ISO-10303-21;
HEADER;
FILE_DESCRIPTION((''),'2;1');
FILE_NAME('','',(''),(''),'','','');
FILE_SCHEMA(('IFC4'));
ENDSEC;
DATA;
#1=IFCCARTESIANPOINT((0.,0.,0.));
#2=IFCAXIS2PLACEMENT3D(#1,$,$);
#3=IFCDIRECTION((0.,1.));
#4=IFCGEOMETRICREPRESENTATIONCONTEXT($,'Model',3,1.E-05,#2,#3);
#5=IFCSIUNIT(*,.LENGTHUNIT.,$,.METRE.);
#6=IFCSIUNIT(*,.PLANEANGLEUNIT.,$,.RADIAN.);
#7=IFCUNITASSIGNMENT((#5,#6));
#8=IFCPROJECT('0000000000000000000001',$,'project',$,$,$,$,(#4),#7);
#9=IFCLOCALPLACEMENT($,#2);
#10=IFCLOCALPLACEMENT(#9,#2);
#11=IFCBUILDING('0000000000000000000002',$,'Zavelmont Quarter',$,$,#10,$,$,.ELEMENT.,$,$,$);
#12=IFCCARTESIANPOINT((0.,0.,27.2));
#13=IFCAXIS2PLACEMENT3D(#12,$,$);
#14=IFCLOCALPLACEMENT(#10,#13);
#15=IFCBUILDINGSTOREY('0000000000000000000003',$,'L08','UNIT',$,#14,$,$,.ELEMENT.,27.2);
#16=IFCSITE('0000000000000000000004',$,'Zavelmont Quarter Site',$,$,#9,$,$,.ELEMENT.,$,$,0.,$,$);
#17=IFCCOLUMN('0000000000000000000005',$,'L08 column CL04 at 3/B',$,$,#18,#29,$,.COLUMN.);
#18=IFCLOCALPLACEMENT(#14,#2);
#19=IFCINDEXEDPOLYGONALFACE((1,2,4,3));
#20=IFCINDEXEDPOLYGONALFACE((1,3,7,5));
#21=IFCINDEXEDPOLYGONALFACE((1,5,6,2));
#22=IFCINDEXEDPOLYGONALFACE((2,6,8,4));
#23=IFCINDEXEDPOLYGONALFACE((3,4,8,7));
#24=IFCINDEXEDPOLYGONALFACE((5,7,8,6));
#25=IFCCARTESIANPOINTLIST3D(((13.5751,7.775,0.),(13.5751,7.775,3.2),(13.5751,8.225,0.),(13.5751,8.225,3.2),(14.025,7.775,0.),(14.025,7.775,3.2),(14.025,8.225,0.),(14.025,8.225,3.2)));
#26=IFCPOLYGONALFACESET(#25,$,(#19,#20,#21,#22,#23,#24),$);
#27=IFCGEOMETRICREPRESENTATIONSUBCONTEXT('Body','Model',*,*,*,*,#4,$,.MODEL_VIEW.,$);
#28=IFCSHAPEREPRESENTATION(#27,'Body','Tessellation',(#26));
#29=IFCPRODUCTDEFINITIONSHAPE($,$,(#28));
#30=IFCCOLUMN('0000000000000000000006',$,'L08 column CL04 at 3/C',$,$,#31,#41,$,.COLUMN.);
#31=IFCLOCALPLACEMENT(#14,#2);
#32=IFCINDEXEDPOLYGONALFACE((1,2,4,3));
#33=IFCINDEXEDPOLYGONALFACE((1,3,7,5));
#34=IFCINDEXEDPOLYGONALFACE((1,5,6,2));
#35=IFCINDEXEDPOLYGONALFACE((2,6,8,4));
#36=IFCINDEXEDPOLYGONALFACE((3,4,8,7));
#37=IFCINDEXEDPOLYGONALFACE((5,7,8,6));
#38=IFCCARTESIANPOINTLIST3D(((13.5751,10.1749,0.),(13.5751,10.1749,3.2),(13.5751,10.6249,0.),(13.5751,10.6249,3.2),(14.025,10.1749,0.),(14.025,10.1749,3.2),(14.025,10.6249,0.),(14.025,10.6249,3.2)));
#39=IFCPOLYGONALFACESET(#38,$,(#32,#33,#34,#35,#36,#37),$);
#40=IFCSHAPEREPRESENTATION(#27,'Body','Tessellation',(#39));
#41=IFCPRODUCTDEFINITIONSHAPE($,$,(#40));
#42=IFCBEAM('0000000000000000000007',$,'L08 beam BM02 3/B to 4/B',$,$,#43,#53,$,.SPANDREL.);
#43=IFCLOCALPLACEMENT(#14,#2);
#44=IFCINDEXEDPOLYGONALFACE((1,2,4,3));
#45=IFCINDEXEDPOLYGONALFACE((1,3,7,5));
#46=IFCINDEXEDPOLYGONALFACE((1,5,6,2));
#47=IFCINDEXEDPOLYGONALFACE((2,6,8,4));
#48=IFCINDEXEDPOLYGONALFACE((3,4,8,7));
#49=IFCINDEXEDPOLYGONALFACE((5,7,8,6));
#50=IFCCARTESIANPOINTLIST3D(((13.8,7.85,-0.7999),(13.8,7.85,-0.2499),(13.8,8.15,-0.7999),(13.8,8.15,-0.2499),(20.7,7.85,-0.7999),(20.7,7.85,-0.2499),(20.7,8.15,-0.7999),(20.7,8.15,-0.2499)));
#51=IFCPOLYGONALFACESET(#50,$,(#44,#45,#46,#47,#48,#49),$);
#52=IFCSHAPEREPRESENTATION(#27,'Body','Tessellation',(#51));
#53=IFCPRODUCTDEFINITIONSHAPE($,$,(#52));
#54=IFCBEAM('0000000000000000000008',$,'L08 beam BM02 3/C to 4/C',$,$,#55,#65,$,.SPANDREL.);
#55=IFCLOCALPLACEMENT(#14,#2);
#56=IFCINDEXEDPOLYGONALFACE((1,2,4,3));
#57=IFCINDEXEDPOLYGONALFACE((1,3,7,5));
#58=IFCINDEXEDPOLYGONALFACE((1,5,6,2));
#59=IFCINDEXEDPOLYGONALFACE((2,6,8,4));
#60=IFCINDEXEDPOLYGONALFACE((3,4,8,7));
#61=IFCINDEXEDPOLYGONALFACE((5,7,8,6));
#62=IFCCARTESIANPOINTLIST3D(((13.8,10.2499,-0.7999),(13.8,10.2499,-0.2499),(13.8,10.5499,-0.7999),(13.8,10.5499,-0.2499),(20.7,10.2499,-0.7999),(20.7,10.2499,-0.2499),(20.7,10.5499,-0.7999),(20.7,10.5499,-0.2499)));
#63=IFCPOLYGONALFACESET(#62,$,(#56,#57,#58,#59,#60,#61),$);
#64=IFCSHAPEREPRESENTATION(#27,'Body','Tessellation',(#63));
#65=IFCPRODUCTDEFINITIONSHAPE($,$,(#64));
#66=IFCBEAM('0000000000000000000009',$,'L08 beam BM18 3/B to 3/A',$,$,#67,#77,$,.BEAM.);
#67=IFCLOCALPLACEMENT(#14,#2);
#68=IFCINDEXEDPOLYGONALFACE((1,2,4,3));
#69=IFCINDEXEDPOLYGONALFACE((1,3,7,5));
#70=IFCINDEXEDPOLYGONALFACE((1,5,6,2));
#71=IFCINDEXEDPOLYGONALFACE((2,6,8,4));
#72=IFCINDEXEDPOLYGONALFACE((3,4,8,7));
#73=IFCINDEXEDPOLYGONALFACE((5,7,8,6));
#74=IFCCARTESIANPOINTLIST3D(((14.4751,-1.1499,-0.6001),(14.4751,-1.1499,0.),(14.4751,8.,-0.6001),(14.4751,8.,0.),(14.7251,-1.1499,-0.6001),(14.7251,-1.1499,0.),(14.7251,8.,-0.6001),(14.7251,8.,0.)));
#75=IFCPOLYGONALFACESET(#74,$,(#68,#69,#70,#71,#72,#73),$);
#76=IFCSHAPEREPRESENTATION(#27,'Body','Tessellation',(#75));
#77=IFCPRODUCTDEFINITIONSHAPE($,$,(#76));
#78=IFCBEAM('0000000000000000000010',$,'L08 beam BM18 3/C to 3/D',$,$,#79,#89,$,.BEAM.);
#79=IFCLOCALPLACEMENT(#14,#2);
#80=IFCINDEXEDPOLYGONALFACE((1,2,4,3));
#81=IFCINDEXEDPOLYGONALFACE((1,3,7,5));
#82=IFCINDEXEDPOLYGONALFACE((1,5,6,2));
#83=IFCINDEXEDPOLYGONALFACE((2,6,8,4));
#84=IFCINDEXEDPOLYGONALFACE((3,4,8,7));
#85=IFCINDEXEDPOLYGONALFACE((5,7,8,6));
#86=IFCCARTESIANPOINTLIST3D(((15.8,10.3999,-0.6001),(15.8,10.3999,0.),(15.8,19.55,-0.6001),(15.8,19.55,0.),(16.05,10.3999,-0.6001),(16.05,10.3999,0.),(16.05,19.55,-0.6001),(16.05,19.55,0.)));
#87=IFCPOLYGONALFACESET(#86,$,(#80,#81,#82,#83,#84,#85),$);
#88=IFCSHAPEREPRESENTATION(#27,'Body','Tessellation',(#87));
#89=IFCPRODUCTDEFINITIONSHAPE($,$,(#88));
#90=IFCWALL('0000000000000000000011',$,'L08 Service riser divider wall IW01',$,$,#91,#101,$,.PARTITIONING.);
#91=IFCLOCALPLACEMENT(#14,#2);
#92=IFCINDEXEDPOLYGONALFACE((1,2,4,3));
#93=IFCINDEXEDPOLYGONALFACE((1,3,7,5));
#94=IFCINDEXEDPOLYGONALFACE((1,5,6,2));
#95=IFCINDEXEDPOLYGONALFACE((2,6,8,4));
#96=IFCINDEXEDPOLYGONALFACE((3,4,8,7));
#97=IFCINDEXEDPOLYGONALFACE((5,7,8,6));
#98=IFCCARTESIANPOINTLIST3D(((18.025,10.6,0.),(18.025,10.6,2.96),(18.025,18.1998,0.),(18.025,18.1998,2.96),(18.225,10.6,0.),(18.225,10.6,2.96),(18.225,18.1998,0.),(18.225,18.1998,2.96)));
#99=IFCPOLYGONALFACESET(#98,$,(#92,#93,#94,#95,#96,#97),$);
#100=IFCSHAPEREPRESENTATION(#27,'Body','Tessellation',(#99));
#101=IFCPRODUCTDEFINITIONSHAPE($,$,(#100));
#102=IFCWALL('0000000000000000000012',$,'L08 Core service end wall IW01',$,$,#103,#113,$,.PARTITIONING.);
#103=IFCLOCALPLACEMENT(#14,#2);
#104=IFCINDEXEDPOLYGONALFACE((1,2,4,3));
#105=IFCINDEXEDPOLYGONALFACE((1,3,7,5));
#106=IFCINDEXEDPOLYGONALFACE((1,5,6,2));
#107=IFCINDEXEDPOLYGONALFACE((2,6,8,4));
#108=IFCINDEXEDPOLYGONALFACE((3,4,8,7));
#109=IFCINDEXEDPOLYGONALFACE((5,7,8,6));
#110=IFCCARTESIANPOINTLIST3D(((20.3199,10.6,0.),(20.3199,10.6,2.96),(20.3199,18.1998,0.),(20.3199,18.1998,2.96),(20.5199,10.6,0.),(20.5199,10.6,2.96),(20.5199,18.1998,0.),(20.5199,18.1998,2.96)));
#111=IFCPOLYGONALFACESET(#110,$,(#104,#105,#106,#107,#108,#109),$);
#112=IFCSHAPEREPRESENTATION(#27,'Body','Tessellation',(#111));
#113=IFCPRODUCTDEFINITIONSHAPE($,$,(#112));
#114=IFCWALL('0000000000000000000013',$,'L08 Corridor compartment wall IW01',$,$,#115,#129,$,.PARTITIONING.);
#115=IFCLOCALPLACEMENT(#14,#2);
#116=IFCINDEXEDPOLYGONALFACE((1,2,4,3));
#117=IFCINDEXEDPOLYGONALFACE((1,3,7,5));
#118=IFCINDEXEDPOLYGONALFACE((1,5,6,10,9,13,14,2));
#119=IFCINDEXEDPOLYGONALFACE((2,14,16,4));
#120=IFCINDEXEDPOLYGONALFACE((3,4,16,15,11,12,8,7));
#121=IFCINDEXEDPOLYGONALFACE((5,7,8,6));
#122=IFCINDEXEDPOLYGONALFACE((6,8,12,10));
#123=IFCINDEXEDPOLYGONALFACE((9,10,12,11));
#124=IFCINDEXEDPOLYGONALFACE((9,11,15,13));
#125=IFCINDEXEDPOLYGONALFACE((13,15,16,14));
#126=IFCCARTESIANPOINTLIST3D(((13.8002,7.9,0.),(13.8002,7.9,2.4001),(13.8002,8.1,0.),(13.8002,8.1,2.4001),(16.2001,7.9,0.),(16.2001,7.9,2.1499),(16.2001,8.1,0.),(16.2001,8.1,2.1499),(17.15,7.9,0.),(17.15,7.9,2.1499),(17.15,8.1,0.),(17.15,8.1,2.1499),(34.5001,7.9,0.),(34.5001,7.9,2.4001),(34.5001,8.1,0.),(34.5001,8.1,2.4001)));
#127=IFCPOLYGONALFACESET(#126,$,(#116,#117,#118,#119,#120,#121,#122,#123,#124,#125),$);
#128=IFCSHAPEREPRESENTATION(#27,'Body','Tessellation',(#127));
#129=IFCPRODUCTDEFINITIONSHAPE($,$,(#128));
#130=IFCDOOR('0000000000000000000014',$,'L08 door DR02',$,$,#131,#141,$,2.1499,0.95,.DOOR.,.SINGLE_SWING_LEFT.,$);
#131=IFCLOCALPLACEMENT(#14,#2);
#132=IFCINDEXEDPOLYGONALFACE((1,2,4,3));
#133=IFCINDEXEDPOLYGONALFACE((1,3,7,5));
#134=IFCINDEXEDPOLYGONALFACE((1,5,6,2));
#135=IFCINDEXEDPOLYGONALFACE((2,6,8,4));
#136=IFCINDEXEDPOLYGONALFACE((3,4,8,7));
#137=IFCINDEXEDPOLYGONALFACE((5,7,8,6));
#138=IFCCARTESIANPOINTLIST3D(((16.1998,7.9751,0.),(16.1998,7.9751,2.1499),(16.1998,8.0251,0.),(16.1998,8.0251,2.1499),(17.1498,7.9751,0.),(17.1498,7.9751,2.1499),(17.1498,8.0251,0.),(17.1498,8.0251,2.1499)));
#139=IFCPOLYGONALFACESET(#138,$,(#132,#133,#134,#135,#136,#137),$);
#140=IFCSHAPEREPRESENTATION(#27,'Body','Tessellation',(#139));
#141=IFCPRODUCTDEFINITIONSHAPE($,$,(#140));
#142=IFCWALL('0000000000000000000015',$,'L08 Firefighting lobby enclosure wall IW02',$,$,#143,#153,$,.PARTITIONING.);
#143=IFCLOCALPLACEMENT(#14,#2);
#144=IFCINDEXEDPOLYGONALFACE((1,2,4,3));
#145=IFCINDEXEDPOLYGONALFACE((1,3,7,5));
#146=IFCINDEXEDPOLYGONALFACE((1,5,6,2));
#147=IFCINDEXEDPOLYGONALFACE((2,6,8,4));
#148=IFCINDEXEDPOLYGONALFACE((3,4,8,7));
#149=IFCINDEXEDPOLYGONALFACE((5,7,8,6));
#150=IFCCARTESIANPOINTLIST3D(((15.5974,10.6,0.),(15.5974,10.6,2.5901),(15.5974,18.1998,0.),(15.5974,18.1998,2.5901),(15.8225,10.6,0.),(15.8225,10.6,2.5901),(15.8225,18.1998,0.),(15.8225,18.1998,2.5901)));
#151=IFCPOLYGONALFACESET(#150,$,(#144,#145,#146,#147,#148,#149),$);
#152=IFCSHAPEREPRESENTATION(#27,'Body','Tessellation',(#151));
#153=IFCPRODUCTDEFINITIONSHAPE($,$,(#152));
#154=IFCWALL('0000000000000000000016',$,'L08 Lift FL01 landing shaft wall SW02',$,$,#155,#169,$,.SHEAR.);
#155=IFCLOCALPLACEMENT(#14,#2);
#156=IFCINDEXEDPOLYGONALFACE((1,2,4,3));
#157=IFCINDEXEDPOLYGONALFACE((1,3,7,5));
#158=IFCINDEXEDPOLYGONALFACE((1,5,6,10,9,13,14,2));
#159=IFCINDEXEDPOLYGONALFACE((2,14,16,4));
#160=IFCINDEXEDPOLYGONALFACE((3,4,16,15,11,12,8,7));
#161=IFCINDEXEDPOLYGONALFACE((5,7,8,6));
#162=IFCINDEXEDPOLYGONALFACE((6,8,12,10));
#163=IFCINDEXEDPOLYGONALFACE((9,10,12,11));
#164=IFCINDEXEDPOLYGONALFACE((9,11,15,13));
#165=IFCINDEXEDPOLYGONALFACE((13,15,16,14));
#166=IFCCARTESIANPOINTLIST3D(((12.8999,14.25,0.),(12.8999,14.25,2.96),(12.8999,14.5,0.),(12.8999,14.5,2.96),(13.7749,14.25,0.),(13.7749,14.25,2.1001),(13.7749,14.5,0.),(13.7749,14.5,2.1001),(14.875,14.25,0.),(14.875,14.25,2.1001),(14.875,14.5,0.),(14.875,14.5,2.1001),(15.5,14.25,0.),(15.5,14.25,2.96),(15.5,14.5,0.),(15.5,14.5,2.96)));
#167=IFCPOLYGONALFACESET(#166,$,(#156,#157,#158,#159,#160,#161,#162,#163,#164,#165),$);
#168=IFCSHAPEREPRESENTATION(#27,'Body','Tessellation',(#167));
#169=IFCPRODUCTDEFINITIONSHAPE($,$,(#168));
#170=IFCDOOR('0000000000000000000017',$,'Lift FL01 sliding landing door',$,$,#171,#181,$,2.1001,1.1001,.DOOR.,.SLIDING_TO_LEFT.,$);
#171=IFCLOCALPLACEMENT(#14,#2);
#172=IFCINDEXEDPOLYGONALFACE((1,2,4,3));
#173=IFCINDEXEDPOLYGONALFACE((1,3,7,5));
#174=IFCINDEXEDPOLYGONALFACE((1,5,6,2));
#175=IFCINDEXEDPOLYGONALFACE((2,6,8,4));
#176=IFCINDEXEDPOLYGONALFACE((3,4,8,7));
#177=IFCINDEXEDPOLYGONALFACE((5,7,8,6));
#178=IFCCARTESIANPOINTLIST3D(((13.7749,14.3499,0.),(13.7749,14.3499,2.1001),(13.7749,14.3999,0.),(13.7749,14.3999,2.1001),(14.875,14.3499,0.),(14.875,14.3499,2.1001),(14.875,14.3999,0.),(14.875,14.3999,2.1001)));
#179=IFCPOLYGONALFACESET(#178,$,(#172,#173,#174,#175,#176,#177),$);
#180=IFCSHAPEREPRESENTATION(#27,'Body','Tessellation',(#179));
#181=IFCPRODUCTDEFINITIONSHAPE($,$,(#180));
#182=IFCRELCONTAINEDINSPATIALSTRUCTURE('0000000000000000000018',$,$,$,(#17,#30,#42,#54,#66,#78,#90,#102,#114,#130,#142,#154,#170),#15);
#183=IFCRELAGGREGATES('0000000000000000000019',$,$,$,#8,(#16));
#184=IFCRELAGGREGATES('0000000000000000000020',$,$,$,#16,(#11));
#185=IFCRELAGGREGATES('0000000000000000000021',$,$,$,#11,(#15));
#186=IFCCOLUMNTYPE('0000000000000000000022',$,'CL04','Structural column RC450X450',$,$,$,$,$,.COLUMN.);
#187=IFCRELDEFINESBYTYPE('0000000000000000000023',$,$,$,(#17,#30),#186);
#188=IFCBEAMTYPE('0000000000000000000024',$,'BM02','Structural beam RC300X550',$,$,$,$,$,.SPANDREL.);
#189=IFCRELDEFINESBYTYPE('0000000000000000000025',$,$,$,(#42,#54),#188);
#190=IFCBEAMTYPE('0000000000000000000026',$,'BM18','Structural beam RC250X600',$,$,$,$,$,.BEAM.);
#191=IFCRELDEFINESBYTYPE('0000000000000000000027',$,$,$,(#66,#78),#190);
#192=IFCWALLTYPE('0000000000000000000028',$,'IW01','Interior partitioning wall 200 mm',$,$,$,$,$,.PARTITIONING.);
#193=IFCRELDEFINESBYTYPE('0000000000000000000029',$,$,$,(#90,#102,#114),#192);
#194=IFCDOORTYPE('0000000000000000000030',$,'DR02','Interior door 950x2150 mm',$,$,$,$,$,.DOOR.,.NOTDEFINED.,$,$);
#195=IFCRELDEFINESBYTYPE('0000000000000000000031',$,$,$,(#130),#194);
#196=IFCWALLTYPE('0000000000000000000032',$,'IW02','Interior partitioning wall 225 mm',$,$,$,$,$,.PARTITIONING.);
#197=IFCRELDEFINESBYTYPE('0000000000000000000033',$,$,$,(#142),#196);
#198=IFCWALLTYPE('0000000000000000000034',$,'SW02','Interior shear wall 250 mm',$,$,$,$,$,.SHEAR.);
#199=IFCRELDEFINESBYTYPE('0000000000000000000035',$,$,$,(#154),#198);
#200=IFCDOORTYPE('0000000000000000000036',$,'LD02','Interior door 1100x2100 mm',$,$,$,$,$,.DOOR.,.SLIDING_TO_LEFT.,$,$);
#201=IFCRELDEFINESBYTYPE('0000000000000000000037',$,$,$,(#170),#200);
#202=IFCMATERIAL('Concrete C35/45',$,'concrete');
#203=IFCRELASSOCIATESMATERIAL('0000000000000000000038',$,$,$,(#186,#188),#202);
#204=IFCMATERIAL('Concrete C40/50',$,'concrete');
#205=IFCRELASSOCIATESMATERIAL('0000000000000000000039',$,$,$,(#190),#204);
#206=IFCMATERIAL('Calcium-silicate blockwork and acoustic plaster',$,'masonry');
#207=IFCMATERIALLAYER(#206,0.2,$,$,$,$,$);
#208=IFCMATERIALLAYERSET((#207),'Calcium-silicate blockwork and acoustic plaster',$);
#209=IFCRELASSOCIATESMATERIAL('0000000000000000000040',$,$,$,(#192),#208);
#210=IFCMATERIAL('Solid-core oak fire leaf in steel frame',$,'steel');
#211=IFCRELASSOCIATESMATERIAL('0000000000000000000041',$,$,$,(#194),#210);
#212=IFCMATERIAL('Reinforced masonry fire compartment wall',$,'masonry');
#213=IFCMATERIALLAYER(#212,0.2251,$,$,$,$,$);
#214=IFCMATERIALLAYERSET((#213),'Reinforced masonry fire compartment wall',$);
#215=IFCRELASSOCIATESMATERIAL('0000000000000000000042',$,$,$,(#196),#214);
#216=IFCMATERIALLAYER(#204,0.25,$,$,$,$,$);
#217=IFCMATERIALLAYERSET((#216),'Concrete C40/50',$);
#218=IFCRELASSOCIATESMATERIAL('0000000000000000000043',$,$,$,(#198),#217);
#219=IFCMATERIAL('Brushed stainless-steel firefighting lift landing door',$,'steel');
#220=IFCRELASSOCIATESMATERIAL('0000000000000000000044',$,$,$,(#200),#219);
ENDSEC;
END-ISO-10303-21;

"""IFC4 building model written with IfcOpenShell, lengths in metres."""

from ifc_helpers import new_model, si_unit, direction, frame, frame_2d, origin, origin_with_axes, origin_2d, place, context, subcontext, project, spatial, rectangle, extrude, material, layer, layer_set, material_profile, profile_set, type_object, element, fill, save


model = new_model("IFC4")

# Units and contexts
model_context = context("Model", 3, precision=1e-05, world=origin(), true_north=direction((0.0, 1.0)))
body_context = subcontext(model_context, "Body", "Model", "MODEL_VIEW")
ifc_project = project(units=[si_unit("LENGTHUNIT", "METRE"), si_unit("PLANEANGLEUNIT", "RADIAN")], contexts=[model_context])

# Site, building, storey
site_placement = place(None, origin())
site = spatial("IfcSite", under=ifc_project, at=site_placement, Name="Zavelmont Quarter Site", CompositionType="ELEMENT", RefElevation=0.0)
building_placement = place(site_placement, origin())
building = spatial("IfcBuilding", under=site, at=building_placement, Name="Zavelmont Quarter", CompositionType="ELEMENT")
storey_placement = place(building_placement, frame((0.0, 0.0, 27.2)))
storey = spatial("IfcBuildingStorey", under=building, at=storey_placement, Name="L08", Description="UNIT", CompositionType="ELEMENT", Elevation=27.2)

# Columns
ifc_material_1 = material(Name="Concrete C35/45", Category="concrete")
ifc_material_profile_1 = material_profile(ifc_material_1, rectangle(XDim=0.45, YDim=0.45, at=origin_2d()), Name="RC450X450")
ifc_profile_set_1 = profile_set([ifc_material_profile_1], Name="Concrete C35/45")
column_type = type_object("IfcColumnType", Name="CL04", Description="Structural column RC450X450", PredefinedType="COLUMN", material=ifc_profile_set_1)
for number, where, z_axis, x_axis, name in (
    (1, (13.8, 8.0, 0.0), (0.0, 0.0, 1.0), (1.0, 0.0, 0.0), "L08 column CL04 at 3/B"),
    (2, (13.8, 10.3999, 0.0), (0.0, 0.0, 1.0), (1.0, 0.0, 0.0), "L08 column CL04 at 3/C"),
):
    element("IfcColumn", number, at=place(storey_placement, frame(where, z_axis=z_axis, x_axis=x_axis)), inside=storey, type_object=column_type, Name=name, PredefinedType="COLUMN", context=body_context, shape_type="SweptSolid", body=[
        extrude(rectangle(XDim=0.45, YDim=0.45, at=origin_2d()), origin(), (0.0, 0.0, 1.0), 3.2),
    ])

# Beams
ifc_material_profile_2 = material_profile(ifc_material_1, rectangle(XDim=0.3, YDim=0.55, at=origin_2d()), Name="RC300X550")
ifc_profile_set_2 = profile_set([ifc_material_profile_2], Name="Concrete C35/45")
beam_type_1 = type_object("IfcBeamType", Name="BM02", Description="Structural beam RC300X550", PredefinedType="SPANDREL", material=ifc_profile_set_2)
for number, where, z_axis, x_axis, name in (
    (3, (13.8, 8.0, -0.5249), (1.0, 0.0, 0.0), (0.0, 1.0, 0.0), "L08 beam BM02 3/B to 4/B"),
    (4, (13.8, 10.3999, -0.5249), (1.0, 0.0, 0.0), (0.0, 1.0, 0.0), "L08 beam BM02 3/C to 4/C"),
):
    element("IfcBeam", number, at=place(storey_placement, frame(where, z_axis=z_axis, x_axis=x_axis)), inside=storey, type_object=beam_type_1, Name=name, PredefinedType="SPANDREL", context=body_context, shape_type="SweptSolid", body=[
        extrude(rectangle(XDim=0.3, YDim=0.55, at=origin_2d()), origin(), (0.0, 0.0, 1.0), 6.8999),
    ])
ifc_material_2 = material(Name="Concrete C40/50", Category="concrete")
ifc_material_profile_3 = material_profile(ifc_material_2, rectangle(XDim=0.25, YDim=0.6001, at=origin_2d()), Name="RC250X600")
ifc_profile_set_3 = profile_set([ifc_material_profile_3], Name="Concrete C40/50")
beam_type_2 = type_object("IfcBeamType", Name="BM18", Description="Structural beam RC250X600", PredefinedType="BEAM", material=ifc_profile_set_3)
beam_1_placement = place(storey_placement, frame((14.6001, 8.0, -0.3), z_axis=(0.0, -1.0, 0.0), x_axis=(1.0, 0.0, 0.0)))
element("IfcBeam", 5, at=beam_1_placement, inside=storey, type_object=beam_type_2, Name="L08 beam BM18 3/B to 3/A", PredefinedType="BEAM", context=body_context, shape_type="SweptSolid", body=[
    extrude(rectangle(XDim=0.25, YDim=0.6001, at=origin_2d()), origin(), (0.0, 0.0, 1.0), 9.1499),
])
beam_2_placement = place(storey_placement, frame((15.925, 10.3999, -0.3), z_axis=(0.0, 1.0, 0.0), x_axis=(-1.0, 0.0, 0.0)))
element("IfcBeam", 6, at=beam_2_placement, inside=storey, type_object=beam_type_2, Name="L08 beam BM18 3/C to 3/D", PredefinedType="BEAM", context=body_context, shape_type="SweptSolid", body=[
    extrude(rectangle(XDim=0.25, YDim=0.6001, at=origin_2d()), origin(), (0.0, 0.0, 1.0), 9.1501),
])

# Walls
ifc_material_3 = material(Name="Calcium-silicate blockwork and acoustic plaster", Category="masonry")
ifc_layer_1 = layer(ifc_material_3, 0.2)
ifc_layer_set_1 = layer_set([ifc_layer_1], Name="Calcium-silicate blockwork and acoustic plaster")
wall_type_1 = type_object("IfcWallType", Name="IW01", Description="Interior partitioning wall 200 mm", PredefinedType="PARTITIONING", material=ifc_layer_set_1)
for number, where, z_axis, x_axis, name in (
    (7, (18.125, 10.6001, 0.0), (0.0, 0.0, 1.0), (0.0, 1.0, 0.0), "L08 Service riser divider wall IW01"),
    (8, (20.4199, 10.6001, 0.0), (0.0, 0.0, 1.0), (0.0, 1.0, 0.0), "L08 Core service end wall IW01"),
):
    element("IfcWall", number, at=place(storey_placement, frame(where, z_axis=z_axis, x_axis=x_axis)), inside=storey, type_object=wall_type_1, Name=name, PredefinedType="PARTITIONING", context=body_context, shape_type="SweptSolid", body=[
        extrude(rectangle(XDim=7.5999, YDim=0.2, at=frame_2d((3.7998, 0.0))), origin(), (0.0, 0.0, 1.0), 2.96),
    ])

# Wall, opening, door
wall_1_placement = place(storey_placement, frame((13.8, 8.0, 0.0), z_axis=(0.0, 0.0, 1.0), x_axis=(1.0, 0.0, 0.0)))
wall_1 = element("IfcWall", 9, at=wall_1_placement, inside=storey, type_object=wall_type_1, Name="L08 Corridor compartment wall IW01", PredefinedType="PARTITIONING", context=body_context, shape_type="SweptSolid", body=[
    extrude(rectangle(XDim=20.7, YDim=0.2, at=frame_2d((10.3501, 0.0))), origin(), (0.0, 0.0, 1.0), 2.4001),
])
opening_1_placement = place(wall_1_placement, frame((2.3999, 0.0, 0.0)))
opening_1 = element("IfcOpeningElement", 10, at=opening_1_placement, cuts=wall_1, PredefinedType="OPENING", context=body_context, shape_type="SweptSolid", body=[
    extrude(rectangle(XDim=0.95, YDim=2.1499, at=frame_2d((0.4751, 1.075))), frame((0.0, 0.1118, 0.0), z_axis=(0.0, -1.0, 0.0), x_axis=(1.0, 0.0, 0.0)), (0.0, 0.0, 1.0), 0.2239),
])
ifc_material_4 = material(Name="Solid-core oak fire leaf in steel frame", Category="steel")
door_type_1 = type_object("IfcDoorType", Name="DR02", Description="Interior door 950x2150 mm", OperationType="NOTDEFINED", PredefinedType="DOOR", material=ifc_material_4)
door_1_placement = place(opening_1_placement, frame((0.95, 0.0, 0.0), z_axis=(0.0, 0.0, 1.0), x_axis=(-1.0, 0.0, 0.0)))
door_1 = element("IfcDoor", 11, at=door_1_placement, inside=storey, type_object=door_type_1, Name="L08 door DR02", OperationType="SINGLE_SWING_LEFT", OverallHeight=2.1499, OverallWidth=0.95, PredefinedType="DOOR", context=body_context, shape_type="SweptSolid", body=[
    extrude(rectangle(XDim=0.95, YDim=2.1499, at=frame_2d((0.4751, 1.075))), frame((0.0, 0.0249, 0.0), z_axis=(0.0, -1.0, 0.0), x_axis=(1.0, 0.0, 0.0)), (0.0, 0.0, 1.0), 0.05),
])
fill(opening_1, door_1)

# Wall
ifc_material_5 = material(Name="Reinforced masonry fire compartment wall", Category="masonry")
ifc_layer_2 = layer(ifc_material_5, 0.2251)
ifc_layer_set_2 = layer_set([ifc_layer_2], Name="Reinforced masonry fire compartment wall")
wall_type_2 = type_object("IfcWallType", Name="IW02", Description="Interior partitioning wall 225 mm", PredefinedType="PARTITIONING", material=ifc_layer_set_2)
wall_2_placement = place(storey_placement, frame((15.71, 10.6001, 0.0), z_axis=(0.0, 0.0, 1.0), x_axis=(0.0, 1.0, 0.0)))
element("IfcWall", 12, at=wall_2_placement, inside=storey, type_object=wall_type_2, Name="L08 Firefighting lobby enclosure wall IW02", PredefinedType="PARTITIONING", context=body_context, shape_type="SweptSolid", body=[
    extrude(rectangle(XDim=7.5999, YDim=0.2251, at=frame_2d((3.7998, 0.0))), origin(), (0.0, 0.0, 1.0), 2.5901),
])

# Wall, opening, door
ifc_layer_3 = layer(ifc_material_2, 0.25)
ifc_layer_set_3 = layer_set([ifc_layer_3], Name="Concrete C40/50")
wall_type_3 = type_object("IfcWallType", Name="SW02", Description="Interior shear wall 250 mm", PredefinedType="SHEAR", material=ifc_layer_set_3)
wall_3_placement = place(storey_placement, frame((12.8999, 14.375, 0.0), z_axis=(0.0, 0.0, 1.0), x_axis=(1.0, 0.0, 0.0)))
wall_3 = element("IfcWall", 13, at=wall_3_placement, inside=storey, type_object=wall_type_3, Name="L08 Lift FL01 landing shaft wall SW02", PredefinedType="SHEAR", context=body_context, shape_type="SweptSolid", body=[
    extrude(rectangle(XDim=2.6001, YDim=0.25, at=frame_2d((1.3, 0.0))), origin(), (0.0, 0.0, 1.0), 2.96),
])
opening_2_placement = place(wall_3_placement, frame((0.875, 0.0, 0.0)))
opening_2 = element("IfcOpeningElement", 14, at=opening_2_placement, cuts=wall_3, PredefinedType="OPENING", context=body_context, shape_type="SweptSolid", body=[
    extrude(rectangle(XDim=1.1001, YDim=2.1001, at=frame_2d((0.55, 1.05))), frame((0.0, 0.137, 0.0), z_axis=(0.0, -1.0, 0.0), x_axis=(1.0, 0.0, 0.0)), (0.0, 0.0, 1.0), 0.2739),
])
ifc_material_6 = material(Name="Brushed stainless-steel firefighting lift landing door", Category="steel")
door_type_2 = type_object("IfcDoorType", Name="LD02", Description="Interior door 1100x2100 mm", OperationType="SLIDING_TO_LEFT", PredefinedType="DOOR", material=ifc_material_6)
door_2_placement = place(opening_2_placement, origin_with_axes())
door_2 = element("IfcDoor", 15, at=door_2_placement, inside=storey, type_object=door_type_2, Name="Lift FL01 sliding landing door", OperationType="SLIDING_TO_LEFT", OverallHeight=2.1001, OverallWidth=1.1001, PredefinedType="DOOR", context=body_context, shape_type="SweptSolid", body=[
    extrude(rectangle(XDim=1.1001, YDim=2.1001, at=frame_2d((0.55, 1.05))), frame((0.0, 0.0249, 0.0), z_axis=(0.0, -1.0, 0.0), x_axis=(1.0, 0.0, 0.0)), (0.0, 0.0, 1.0), 0.05),
])
fill(opening_2, door_2)

save(model, "model.ifc")
